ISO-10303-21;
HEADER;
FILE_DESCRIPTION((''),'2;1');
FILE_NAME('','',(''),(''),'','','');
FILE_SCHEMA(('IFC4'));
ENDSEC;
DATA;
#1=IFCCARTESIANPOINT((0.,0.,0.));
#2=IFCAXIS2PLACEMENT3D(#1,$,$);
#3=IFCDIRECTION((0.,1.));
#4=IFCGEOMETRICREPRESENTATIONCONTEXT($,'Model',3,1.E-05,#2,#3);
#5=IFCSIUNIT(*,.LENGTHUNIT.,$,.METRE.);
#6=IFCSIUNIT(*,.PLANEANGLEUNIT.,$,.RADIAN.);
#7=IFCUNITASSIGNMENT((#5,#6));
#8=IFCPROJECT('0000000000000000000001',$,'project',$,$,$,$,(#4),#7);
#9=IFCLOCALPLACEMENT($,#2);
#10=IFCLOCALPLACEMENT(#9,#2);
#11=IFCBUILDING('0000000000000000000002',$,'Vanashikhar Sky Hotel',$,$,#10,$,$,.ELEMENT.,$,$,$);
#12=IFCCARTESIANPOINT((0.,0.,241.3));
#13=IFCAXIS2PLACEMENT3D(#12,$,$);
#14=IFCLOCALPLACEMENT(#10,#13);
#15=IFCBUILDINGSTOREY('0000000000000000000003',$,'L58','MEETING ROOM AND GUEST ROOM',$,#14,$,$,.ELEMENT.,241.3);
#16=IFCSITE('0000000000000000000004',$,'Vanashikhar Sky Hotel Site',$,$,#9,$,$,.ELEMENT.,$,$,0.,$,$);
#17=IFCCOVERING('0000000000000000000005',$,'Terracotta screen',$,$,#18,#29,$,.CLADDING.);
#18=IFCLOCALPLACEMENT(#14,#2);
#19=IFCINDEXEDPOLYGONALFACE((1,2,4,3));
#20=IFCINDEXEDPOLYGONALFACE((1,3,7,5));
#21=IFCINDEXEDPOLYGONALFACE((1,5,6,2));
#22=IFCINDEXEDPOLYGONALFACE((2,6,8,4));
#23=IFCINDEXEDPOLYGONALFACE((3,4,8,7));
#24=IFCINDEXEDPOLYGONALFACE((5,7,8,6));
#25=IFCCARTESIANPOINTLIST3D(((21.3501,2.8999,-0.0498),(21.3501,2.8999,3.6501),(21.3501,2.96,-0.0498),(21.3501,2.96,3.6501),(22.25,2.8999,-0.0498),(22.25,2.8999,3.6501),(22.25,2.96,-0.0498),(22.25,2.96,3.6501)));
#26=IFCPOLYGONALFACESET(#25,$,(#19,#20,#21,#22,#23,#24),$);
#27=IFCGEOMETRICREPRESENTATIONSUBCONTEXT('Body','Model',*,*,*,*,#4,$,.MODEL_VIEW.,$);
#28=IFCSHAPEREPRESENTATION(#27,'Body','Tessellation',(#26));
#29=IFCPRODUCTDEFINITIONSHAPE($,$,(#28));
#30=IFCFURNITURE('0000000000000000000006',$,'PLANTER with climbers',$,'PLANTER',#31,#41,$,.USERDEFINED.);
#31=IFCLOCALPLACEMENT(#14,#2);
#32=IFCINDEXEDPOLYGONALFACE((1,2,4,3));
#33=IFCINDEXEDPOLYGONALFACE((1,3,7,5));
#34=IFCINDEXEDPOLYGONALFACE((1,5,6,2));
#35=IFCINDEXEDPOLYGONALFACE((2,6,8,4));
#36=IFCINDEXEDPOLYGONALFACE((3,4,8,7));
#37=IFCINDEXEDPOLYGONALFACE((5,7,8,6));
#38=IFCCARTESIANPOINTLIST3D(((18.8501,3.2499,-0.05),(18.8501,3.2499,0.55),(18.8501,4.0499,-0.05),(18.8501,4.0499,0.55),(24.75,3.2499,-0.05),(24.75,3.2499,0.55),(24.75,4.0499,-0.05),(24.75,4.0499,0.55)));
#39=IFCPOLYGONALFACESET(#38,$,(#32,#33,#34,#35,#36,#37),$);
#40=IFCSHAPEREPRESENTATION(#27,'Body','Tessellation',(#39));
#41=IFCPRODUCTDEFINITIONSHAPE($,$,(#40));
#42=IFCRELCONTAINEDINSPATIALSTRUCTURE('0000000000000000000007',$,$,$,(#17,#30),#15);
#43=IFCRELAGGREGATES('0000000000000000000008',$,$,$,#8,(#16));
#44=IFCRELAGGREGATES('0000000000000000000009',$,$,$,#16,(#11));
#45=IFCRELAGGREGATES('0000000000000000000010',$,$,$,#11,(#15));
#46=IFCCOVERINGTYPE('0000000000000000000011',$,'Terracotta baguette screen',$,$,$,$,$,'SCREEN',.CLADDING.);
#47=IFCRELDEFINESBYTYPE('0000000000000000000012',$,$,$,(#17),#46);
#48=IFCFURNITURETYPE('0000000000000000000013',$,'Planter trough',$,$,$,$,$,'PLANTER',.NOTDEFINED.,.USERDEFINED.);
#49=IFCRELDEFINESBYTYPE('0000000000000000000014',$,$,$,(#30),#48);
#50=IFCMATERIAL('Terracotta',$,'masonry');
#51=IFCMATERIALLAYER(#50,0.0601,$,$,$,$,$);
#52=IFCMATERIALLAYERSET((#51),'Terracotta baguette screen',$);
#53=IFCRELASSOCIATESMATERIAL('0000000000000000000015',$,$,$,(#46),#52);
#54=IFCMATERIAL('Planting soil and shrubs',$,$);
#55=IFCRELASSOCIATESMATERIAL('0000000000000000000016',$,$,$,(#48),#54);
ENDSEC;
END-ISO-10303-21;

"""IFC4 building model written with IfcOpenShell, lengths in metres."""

from ifc_helpers import new_model, si_unit, direction, frame, origin, origin_2d, place, context, subcontext, project, spatial, rectangle, extrude, source, transform, mapped, material, layer, layer_set, type_object, element, save


model = new_model("IFC4")

# Units and contexts
model_context = context("Model", 3, precision=1e-05, world=origin(), true_north=direction((0.0, 1.0)))
body_context = subcontext(model_context, "Body", "Model", "MODEL_VIEW")
ifc_project = project(units=[si_unit("LENGTHUNIT", "METRE"), si_unit("PLANEANGLEUNIT", "RADIAN")], contexts=[model_context])

# Site, building, storey
site_placement = place(None, origin())
site = spatial("IfcSite", under=ifc_project, at=site_placement, Name="Vanashikhar Sky Hotel Site", CompositionType="ELEMENT", RefElevation=0.0)
building_placement = place(site_placement, origin())
building = spatial("IfcBuilding", under=site, at=building_placement, Name="Vanashikhar Sky Hotel", CompositionType="ELEMENT")
storey_placement = place(building_placement, frame((0.0, 0.0, 241.3)))
storey = spatial("IfcBuildingStorey", under=building, at=storey_placement, Name="L58", Description="MEETING ROOM AND GUEST ROOM", CompositionType="ELEMENT", Elevation=241.3)

# Covering
ifc_material_1 = material(Name="Terracotta", Category="masonry")
ifc_layer_1 = layer(ifc_material_1, 0.0601)
ifc_layer_set_1 = layer_set([ifc_layer_1], Name="Terracotta baguette screen")
covering_type = type_object("IfcCoveringType", Name="Terracotta baguette screen", ElementType="SCREEN", PredefinedType="CLADDING", material=ifc_layer_set_1)
shared_shape_1 = source(origin(), body_context, "Body", "SweptSolid", [
    extrude(rectangle(XDim=0.8999, YDim=0.0601, at=origin_2d()), origin(), (0.0, 0.0, 1.0), 3.7),
])
for number, where, z_axis, x_axis, name in (
    (1, (21.8, 2.9299, -0.0498), (0.0, 0.0, 1.0), (1.0, 0.0, 0.0), "Terracotta screen"),
):
    element("IfcCovering", number, at=place(storey_placement, frame(where, z_axis=z_axis, x_axis=x_axis)), inside=storey, type_object=covering_type, Name=name, PredefinedType="CLADDING", context=body_context, shape_type="MappedRepresentation", body=[
        mapped(shared_shape_1, transform((0.0, 0.0, 0.0), scale=1.0)),
    ])

# Furniture
ifc_material_2 = material(Name="Planting soil and shrubs")
furniture_type = type_object("IfcFurnitureType", Name="Planter trough", ElementType="PLANTER", AssemblyPlace="NOTDEFINED", PredefinedType="USERDEFINED", material=ifc_material_2)
shared_shape_2 = source(origin(), body_context, "Body", "SweptSolid", [
    extrude(rectangle(XDim=5.8999, YDim=0.8, at=origin_2d()), origin(), (0.0, 0.0, 1.0), 0.6001),
])
furniture_placement = place(storey_placement, frame((21.8, 3.6499, -0.05), z_axis=(0.0, 0.0, 1.0), x_axis=(1.0, 0.0, 0.0)))
element("IfcFurniture", 2, at=furniture_placement, inside=storey, type_object=furniture_type, Name="PLANTER with climbers", ObjectType="PLANTER", PredefinedType="USERDEFINED", context=body_context, shape_type="MappedRepresentation", body=[
    mapped(shared_shape_2, transform((0.0, 0.0, 0.0), scale=1.0)),
])

save(model, "model.ifc")
